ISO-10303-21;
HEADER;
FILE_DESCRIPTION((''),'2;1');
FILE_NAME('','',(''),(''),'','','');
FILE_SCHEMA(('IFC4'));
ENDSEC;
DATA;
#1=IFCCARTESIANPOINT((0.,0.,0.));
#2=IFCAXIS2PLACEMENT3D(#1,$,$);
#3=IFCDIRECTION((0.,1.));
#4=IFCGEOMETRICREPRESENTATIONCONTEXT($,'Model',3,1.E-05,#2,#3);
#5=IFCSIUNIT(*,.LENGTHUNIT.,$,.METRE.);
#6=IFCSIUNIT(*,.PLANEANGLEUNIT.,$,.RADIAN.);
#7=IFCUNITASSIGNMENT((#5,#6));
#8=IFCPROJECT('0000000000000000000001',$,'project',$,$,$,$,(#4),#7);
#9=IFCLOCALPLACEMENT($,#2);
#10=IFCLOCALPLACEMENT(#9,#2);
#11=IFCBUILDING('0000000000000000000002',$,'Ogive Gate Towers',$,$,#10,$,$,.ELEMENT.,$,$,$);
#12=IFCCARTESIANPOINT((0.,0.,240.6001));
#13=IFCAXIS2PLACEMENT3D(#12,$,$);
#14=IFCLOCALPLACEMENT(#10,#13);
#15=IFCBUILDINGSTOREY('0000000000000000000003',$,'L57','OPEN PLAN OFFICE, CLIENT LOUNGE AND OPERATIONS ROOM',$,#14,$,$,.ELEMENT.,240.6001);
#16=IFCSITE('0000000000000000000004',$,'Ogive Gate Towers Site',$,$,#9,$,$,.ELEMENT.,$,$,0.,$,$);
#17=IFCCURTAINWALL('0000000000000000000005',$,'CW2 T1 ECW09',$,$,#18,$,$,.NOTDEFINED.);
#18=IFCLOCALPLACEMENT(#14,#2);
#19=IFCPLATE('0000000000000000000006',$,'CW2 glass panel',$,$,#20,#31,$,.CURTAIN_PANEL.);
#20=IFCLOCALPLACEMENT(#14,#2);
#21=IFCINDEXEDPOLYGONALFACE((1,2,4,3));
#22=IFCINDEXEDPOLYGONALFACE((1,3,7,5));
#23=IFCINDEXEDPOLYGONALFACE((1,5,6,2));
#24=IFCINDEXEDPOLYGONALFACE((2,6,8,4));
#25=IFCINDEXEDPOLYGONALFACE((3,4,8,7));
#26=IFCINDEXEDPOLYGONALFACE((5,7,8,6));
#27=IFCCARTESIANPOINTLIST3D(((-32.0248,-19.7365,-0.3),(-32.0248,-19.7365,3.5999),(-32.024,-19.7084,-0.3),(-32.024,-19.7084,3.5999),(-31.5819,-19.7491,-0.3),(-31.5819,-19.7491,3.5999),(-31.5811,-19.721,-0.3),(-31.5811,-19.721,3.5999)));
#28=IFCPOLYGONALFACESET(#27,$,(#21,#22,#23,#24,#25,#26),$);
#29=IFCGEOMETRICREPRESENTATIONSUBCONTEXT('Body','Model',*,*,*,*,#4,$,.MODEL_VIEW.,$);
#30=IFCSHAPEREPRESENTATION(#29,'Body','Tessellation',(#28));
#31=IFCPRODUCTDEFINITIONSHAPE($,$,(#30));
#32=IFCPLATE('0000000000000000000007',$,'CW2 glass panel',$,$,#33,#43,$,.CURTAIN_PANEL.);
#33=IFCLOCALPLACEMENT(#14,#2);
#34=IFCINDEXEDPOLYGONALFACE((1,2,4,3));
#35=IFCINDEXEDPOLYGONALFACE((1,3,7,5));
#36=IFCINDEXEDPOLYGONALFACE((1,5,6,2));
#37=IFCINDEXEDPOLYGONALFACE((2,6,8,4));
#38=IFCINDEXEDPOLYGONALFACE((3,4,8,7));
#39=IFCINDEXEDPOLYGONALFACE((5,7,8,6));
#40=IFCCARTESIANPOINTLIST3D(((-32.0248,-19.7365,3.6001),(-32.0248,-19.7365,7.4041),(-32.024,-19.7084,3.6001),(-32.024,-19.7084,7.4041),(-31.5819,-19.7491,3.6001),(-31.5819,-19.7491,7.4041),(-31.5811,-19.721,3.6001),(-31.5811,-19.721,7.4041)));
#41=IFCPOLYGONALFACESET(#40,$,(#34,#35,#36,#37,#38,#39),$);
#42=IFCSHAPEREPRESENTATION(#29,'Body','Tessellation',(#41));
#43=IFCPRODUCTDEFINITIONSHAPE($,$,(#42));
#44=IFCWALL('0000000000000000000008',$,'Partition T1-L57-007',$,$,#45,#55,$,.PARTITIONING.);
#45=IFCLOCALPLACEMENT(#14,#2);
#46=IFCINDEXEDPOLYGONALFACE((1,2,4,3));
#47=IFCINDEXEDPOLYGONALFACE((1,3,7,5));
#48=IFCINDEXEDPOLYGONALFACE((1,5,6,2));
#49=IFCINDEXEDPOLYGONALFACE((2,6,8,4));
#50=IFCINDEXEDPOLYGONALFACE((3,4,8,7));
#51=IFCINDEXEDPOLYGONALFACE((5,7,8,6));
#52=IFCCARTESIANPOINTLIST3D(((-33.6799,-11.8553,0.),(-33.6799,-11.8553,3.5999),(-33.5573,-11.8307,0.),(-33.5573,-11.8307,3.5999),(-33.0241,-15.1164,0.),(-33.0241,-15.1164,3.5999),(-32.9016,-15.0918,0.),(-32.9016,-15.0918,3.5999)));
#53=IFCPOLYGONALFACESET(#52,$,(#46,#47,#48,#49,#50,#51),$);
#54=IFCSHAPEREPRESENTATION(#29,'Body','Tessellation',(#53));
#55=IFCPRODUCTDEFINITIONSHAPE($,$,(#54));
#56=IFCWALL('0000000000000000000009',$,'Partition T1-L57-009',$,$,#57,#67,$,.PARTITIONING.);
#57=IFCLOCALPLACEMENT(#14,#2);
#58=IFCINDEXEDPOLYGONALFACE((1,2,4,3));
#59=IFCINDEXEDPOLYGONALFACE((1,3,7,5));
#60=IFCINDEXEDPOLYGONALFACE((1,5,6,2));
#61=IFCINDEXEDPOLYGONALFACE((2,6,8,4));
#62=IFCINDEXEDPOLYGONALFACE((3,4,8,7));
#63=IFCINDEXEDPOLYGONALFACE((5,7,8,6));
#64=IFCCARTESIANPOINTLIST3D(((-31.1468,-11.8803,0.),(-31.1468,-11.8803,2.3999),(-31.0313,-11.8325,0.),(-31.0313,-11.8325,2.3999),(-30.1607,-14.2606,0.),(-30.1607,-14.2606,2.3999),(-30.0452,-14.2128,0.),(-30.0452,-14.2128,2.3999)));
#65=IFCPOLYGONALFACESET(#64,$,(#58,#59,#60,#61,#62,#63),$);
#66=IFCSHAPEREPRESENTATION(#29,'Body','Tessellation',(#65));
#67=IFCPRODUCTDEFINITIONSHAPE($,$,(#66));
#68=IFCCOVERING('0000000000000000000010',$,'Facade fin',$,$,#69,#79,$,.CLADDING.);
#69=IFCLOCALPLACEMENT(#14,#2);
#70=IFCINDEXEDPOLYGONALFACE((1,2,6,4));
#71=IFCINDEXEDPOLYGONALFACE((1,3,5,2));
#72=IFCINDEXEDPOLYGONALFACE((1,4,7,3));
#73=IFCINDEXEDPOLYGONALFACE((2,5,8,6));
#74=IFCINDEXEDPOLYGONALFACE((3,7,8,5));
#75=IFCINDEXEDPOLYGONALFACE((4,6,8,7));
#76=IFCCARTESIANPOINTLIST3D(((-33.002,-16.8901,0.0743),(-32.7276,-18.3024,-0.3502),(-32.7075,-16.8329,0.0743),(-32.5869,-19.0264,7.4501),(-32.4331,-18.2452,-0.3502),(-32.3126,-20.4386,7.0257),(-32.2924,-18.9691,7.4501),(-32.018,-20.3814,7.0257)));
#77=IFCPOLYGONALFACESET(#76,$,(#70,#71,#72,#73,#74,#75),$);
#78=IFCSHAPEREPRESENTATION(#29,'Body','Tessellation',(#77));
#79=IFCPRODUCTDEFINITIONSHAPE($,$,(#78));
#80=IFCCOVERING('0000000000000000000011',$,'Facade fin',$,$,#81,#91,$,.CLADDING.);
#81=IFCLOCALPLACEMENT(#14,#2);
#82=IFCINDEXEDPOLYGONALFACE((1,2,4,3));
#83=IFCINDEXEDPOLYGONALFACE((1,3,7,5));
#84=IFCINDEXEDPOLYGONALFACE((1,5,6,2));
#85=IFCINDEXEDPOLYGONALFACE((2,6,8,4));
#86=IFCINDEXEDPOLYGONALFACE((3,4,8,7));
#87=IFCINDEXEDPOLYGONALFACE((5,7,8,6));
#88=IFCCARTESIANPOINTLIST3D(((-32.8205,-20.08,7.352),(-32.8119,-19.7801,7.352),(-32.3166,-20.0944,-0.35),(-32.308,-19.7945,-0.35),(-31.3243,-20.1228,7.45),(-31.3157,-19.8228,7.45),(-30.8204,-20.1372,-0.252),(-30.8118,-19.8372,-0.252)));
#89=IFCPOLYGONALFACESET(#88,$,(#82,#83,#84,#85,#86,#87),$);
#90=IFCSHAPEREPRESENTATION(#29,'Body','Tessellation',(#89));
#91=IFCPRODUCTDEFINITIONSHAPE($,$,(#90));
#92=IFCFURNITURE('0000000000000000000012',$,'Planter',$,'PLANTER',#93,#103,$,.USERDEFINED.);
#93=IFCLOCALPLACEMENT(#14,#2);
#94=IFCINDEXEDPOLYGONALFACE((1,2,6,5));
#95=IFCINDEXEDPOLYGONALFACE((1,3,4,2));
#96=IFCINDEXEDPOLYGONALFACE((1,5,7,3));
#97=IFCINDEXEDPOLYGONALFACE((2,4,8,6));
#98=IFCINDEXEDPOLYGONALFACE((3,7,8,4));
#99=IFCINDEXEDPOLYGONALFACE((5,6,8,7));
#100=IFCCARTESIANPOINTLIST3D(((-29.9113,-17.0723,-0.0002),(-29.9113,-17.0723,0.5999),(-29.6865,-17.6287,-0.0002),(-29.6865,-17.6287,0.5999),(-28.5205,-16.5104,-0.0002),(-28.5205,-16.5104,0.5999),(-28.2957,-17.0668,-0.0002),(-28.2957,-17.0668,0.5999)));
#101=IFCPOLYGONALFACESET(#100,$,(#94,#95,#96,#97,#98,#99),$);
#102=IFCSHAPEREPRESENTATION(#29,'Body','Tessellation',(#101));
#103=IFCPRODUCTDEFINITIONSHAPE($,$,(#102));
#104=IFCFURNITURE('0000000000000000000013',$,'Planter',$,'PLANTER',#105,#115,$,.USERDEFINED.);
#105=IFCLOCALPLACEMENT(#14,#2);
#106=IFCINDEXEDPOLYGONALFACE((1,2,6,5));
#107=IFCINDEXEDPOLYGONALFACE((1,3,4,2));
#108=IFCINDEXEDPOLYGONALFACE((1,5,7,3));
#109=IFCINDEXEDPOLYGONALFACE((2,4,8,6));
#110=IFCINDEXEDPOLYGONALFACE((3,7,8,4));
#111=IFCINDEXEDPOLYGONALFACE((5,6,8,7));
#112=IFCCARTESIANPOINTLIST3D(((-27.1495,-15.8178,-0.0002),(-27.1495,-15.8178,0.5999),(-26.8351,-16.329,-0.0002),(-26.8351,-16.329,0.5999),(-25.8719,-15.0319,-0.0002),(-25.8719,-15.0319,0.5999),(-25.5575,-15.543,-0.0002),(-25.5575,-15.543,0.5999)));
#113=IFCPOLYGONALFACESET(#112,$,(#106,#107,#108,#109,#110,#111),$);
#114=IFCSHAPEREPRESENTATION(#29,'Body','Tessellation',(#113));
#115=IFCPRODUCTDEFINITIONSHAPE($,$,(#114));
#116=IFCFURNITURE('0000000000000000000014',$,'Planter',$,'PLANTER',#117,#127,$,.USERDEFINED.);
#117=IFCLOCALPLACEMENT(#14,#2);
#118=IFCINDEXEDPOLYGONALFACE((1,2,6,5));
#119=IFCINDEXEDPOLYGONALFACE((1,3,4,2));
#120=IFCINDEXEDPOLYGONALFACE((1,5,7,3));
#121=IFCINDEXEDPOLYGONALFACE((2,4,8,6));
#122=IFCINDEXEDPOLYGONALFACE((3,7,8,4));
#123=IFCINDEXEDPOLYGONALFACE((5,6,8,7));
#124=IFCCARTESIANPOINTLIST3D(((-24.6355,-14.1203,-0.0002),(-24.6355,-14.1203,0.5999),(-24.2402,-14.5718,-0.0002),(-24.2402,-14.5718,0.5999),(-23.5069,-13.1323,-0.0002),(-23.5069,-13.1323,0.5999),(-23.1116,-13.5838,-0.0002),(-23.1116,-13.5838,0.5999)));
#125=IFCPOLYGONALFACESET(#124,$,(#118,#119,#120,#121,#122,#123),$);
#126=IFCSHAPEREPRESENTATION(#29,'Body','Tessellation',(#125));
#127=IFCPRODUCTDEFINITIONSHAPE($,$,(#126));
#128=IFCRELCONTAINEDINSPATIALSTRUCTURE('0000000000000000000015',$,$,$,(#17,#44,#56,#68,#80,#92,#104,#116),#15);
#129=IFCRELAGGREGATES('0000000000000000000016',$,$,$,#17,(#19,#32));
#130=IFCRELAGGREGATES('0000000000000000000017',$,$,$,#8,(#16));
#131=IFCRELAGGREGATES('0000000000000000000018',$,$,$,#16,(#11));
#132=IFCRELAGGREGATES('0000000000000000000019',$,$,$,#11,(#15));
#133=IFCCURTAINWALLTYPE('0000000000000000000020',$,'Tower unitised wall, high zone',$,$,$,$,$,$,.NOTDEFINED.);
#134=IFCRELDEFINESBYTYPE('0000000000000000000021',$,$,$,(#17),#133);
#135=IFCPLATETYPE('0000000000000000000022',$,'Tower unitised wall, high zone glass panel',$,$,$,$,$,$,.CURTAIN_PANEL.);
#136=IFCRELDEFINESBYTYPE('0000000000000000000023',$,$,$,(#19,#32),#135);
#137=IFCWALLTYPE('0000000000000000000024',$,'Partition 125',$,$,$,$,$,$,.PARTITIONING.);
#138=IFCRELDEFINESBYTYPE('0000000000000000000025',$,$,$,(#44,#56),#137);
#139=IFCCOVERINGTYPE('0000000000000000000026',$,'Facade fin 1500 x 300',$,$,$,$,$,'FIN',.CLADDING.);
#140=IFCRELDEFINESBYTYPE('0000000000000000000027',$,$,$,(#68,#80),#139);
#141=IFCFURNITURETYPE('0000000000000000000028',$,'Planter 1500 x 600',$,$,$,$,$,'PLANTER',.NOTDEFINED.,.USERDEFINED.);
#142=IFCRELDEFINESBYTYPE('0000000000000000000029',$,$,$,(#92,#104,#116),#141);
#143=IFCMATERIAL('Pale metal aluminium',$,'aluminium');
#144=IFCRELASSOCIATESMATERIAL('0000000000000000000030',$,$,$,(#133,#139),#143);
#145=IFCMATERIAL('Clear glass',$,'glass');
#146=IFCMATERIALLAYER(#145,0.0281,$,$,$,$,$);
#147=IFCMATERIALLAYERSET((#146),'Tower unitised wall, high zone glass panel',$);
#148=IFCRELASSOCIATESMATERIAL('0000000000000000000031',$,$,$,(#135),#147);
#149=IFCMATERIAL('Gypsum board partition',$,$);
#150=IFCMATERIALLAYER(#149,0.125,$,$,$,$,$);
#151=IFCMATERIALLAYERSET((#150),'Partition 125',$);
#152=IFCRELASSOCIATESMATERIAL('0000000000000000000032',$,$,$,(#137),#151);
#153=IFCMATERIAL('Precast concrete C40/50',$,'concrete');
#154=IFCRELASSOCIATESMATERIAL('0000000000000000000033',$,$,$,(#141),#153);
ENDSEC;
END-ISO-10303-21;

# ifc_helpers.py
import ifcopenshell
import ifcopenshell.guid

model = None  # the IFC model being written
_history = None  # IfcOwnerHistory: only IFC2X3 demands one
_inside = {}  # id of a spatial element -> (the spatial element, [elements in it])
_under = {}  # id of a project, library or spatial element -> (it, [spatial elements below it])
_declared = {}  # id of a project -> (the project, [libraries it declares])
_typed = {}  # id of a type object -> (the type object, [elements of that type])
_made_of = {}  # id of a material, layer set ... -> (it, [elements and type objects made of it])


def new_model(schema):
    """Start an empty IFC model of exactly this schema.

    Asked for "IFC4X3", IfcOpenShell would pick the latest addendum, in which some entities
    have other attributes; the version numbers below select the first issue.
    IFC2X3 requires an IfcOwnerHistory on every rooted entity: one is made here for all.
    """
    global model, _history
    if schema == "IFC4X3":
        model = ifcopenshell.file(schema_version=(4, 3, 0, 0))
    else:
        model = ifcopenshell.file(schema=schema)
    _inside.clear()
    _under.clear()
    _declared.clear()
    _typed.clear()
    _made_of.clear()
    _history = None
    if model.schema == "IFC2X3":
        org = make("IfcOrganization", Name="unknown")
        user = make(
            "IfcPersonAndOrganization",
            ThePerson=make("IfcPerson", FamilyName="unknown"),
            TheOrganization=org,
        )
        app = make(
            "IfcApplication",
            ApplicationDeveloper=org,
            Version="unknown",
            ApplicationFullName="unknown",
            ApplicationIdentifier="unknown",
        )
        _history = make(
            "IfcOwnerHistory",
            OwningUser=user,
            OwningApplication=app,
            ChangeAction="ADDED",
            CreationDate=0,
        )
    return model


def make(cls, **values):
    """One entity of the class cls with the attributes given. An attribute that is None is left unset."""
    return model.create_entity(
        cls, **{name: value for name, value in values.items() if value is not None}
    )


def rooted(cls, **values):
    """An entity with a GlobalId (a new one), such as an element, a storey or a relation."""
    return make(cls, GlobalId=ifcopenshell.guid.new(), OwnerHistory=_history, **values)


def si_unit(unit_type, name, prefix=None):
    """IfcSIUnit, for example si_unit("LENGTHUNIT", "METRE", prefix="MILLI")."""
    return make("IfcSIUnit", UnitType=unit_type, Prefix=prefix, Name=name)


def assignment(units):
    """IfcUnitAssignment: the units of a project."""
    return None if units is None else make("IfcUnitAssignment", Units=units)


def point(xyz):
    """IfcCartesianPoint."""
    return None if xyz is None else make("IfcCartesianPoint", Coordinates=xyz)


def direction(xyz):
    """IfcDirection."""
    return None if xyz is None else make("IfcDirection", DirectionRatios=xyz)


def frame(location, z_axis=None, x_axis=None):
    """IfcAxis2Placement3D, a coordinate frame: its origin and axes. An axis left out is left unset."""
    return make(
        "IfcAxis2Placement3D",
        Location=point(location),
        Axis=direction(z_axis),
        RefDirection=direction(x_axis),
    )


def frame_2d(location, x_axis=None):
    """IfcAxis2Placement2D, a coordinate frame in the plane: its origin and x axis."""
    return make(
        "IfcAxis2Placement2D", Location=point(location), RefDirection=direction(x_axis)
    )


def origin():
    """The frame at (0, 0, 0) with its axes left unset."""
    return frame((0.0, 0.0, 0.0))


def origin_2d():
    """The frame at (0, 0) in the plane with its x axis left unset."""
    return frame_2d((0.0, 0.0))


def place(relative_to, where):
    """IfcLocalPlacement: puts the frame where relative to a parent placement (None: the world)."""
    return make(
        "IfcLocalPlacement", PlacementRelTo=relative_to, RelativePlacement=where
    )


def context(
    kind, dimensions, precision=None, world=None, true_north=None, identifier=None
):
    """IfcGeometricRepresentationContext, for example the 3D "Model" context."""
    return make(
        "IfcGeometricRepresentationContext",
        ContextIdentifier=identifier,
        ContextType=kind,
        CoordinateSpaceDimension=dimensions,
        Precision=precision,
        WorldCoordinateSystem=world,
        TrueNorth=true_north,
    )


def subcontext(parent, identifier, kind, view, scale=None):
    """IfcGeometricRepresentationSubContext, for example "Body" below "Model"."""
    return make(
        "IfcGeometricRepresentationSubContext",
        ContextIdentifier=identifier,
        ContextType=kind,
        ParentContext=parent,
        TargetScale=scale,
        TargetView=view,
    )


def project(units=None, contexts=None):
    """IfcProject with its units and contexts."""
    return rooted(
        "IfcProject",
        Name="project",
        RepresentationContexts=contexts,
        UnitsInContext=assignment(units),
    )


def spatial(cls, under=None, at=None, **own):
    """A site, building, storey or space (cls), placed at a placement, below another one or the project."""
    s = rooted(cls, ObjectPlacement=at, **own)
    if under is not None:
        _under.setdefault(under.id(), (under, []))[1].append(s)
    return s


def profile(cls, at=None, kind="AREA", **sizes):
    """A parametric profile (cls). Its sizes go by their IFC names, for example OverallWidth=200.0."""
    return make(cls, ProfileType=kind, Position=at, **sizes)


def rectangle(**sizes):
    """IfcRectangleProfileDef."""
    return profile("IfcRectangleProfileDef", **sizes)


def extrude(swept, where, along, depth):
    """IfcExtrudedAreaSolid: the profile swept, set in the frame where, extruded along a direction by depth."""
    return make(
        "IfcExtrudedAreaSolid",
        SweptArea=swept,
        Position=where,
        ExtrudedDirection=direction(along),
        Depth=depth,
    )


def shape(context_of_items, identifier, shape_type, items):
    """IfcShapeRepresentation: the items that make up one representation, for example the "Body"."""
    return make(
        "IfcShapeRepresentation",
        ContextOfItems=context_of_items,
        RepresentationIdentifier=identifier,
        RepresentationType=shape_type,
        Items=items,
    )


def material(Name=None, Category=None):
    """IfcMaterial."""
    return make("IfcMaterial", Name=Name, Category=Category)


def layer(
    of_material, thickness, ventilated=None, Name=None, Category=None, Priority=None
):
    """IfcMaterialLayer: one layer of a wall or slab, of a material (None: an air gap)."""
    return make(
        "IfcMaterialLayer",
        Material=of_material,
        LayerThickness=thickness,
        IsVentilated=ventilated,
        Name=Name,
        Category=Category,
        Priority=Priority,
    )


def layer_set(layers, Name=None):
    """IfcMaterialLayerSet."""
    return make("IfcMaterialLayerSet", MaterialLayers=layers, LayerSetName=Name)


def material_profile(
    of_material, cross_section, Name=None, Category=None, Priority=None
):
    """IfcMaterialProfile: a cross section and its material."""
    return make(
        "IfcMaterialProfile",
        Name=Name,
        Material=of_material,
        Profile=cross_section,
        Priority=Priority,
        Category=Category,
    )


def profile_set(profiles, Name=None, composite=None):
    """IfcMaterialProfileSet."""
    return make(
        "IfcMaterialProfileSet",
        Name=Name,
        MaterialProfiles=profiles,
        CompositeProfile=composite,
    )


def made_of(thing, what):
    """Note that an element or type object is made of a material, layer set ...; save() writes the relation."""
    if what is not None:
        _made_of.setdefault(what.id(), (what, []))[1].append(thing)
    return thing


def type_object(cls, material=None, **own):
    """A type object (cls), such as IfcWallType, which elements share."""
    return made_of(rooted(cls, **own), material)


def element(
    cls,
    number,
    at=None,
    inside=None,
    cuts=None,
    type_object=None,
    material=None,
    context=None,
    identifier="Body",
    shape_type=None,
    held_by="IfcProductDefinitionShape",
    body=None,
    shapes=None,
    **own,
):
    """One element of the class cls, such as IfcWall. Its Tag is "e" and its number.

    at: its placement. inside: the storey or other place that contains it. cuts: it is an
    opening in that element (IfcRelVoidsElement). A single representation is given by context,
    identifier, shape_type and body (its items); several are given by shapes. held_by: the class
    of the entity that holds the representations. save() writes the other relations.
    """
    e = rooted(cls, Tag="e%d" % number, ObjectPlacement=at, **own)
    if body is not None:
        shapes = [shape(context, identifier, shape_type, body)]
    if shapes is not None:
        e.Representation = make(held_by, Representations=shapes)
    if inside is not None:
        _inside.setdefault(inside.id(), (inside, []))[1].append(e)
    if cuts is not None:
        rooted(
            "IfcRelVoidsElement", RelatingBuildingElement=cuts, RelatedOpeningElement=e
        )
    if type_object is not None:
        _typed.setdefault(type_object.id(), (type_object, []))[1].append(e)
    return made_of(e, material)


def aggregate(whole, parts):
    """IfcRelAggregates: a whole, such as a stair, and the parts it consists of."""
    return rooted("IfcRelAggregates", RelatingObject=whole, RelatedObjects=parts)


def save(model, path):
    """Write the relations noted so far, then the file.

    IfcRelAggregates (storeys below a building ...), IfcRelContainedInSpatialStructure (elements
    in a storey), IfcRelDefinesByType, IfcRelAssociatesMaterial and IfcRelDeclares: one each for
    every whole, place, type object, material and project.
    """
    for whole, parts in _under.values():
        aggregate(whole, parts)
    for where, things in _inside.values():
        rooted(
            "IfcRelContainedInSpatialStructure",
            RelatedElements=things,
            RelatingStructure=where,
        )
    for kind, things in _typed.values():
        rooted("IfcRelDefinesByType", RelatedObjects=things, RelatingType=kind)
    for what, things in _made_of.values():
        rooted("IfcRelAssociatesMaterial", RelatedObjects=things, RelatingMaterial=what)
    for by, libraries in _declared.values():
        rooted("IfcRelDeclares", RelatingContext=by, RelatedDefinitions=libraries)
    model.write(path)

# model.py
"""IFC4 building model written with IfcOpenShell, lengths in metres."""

from ifc_helpers import new_model, si_unit, direction, frame, frame_2d, origin, origin_2d, place, context, subcontext, project, spatial, rectangle, extrude, material, layer, layer_set, material_profile, profile_set, type_object, element, aggregate, save


model = new_model("IFC4")

# Units and contexts
model_context = context("Model", 3, precision=1e-05, world=origin(), true_north=direction((0.0, 1.0)))
body_context = subcontext(model_context, "Body", "Model", "MODEL_VIEW")
ifc_project = project(units=[si_unit("LENGTHUNIT", "METRE"), si_unit("PLANEANGLEUNIT", "RADIAN")], contexts=[model_context])

# Site, building, storey
site_placement = place(None, origin())
site = spatial("IfcSite", under=ifc_project, at=site_placement, Name="Ogive Gate Towers Site", CompositionType="ELEMENT", RefElevation=0.0)
building_placement = place(site_placement, origin())
building = spatial("IfcBuilding", under=site, at=building_placement, Name="Ogive Gate Towers", CompositionType="ELEMENT")
storey_placement = place(building_placement, frame((0.0, 0.0, 240.6001)))
storey = spatial("IfcBuildingStorey", under=building, at=storey_placement, Name="L57", Description="OPEN PLAN OFFICE, CLIENT LOUNGE AND OPERATIONS ROOM", CompositionType="ELEMENT", Elevation=240.6001)

# Curtain wall
ifc_material_1 = material(Name="Pale metal aluminium", Category="aluminium")
curtain_wall_type_1 = type_object("IfcCurtainWallType", Name="Tower unitised wall, high zone", PredefinedType="NOTDEFINED", material=ifc_material_1)
curtain_wall_1_placement = place(storey_placement, origin())
curtain_wall_1 = element("IfcCurtainWall", 1, at=curtain_wall_1_placement, inside=storey, type_object=curtain_wall_type_1, Name="CW2 T1 ECW09", PredefinedType="NOTDEFINED")

# Plates
ifc_material_2 = material(Name="Clear glass", Category="glass")
ifc_layer_1 = layer(ifc_material_2, 0.0281)
ifc_layer_set_1 = layer_set([ifc_layer_1], Name="Tower unitised wall, high zone glass panel")
plate_type_1 = type_object("IfcPlateType", Name="Tower unitised wall, high zone glass panel", PredefinedType="CURTAIN_PANEL", material=ifc_layer_set_1)
plate_1_placement = place(storey_placement, frame((-31.803, -19.7288, -0.3), z_axis=(0.0, 0.0, 1.0), x_axis=(0.999596, -0.02841, 0.0)))
plate_1 = element("IfcPlate", 2, at=plate_1_placement, type_object=plate_type_1, Name="CW2 glass panel", PredefinedType="CURTAIN_PANEL", context=body_context, shape_type="SweptSolid", body=[
    extrude(rectangle(XDim=0.4431, YDim=0.0281, at=origin_2d()), origin(), (0.0, 0.0, 1.0), 3.8999),
])
plate_2_placement = place(storey_placement, frame((-31.803, -19.7288, 3.6001), z_axis=(0.0, 0.0, 1.0), x_axis=(0.999596, -0.02841, 0.0)))
plate_2 = element("IfcPlate", 3, at=plate_2_placement, type_object=plate_type_1, Name="CW2 glass panel", PredefinedType="CURTAIN_PANEL", context=body_context, shape_type="SweptSolid", body=[
    extrude(rectangle(XDim=0.4431, YDim=0.0281, at=origin_2d()), origin(), (0.0, 0.0, 1.0), 3.804),
])
aggregate(curtain_wall_1, [plate_1, plate_2])

# Walls
ifc_material_3 = material(Name="Gypsum board partition")
ifc_layer_2 = layer(ifc_material_3, 0.125)
ifc_layer_set_2 = layer_set([ifc_layer_2], Name="Partition 125")
wall_type = type_object("IfcWallType", Name="Partition 125", PredefinedType="PARTITIONING", material=ifc_layer_set_2)
wall_1_placement = place(storey_placement, frame((-32.9629, -15.104, 0.0), z_axis=(0.0, 0.0, 1.0), x_axis=(-0.197132, 0.980377, 0.0)))
element("IfcWall", 4, at=wall_1_placement, inside=storey, type_object=wall_type, Name="Partition T1-L57-007", PredefinedType="PARTITIONING", context=body_context, shape_type="SweptSolid", body=[
    extrude(rectangle(XDim=3.3264, YDim=0.125, at=frame_2d((1.6631, 0.0))), origin(), (0.0, 0.0, 1.0), 3.5999),
])
wall_2_placement = place(storey_placement, frame((-30.103, -14.2366, 0.0), z_axis=(0.0, 0.0, 1.0), x_axis=(-0.382717, 0.923866, 0.0)))
element("IfcWall", 5, at=wall_2_placement, inside=storey, type_object=wall_type, Name="Partition T1-L57-009", PredefinedType="PARTITIONING", context=body_context, shape_type="SweptSolid", body=[
    extrude(rectangle(XDim=2.5764, YDim=0.125, at=frame_2d((1.2881, 0.0))), origin(), (0.0, 0.0, 1.0), 2.3999),
])

# Coverings
ifc_material_profile_1 = material_profile(ifc_material_1, rectangle(XDim=0.3, YDim=1.5, at=origin_2d()), Name="1500 x 300 pale metal aluminium")
ifc_profile_set_1 = profile_set([ifc_material_profile_1], Name="Pale metal aluminium")
covering_type = type_object("IfcCoveringType", Name="Facade fin 1500 x 300", ElementType="FIN", PredefinedType="CLADDING", material=ifc_profile_set_1)
covering_1_placement = place(storey_placement, frame((-32.7175, -17.5676, -0.1379), z_axis=(0.053971, -0.277791, 0.959124), x_axis=(0.981645, 0.19072, 0.0)))
element("IfcCovering", 6, at=covering_1_placement, inside=storey, type_object=covering_type, Name="Facade fin", PredefinedType="CLADDING", context=body_context, shape_type="SweptSolid", body=[
    extrude(rectangle(XDim=0.3, YDim=1.5, at=origin_2d()), origin(), (0.0, 0.0, 1.0), 7.6902),
])
covering_2_placement = place(storey_placement, frame((-31.5642, -19.9658, -0.301), z_axis=(-0.065286, 0.001866, 0.997865), x_axis=(-0.028574, -0.999592, 0.0)))
element("IfcCovering", 7, at=covering_2_placement, inside=storey, type_object=covering_type, Name="Facade fin", PredefinedType="CLADDING", context=body_context, shape_type="SweptSolid", body=[
    extrude(rectangle(XDim=0.3, YDim=1.5, at=origin_2d()), origin(), (0.0, 0.0, 1.0), 7.7185),
])

# Furniture
ifc_material_4 = material(Name="Precast concrete C40/50", Category="concrete")
furniture_type = type_object("IfcFurnitureType", Name="Planter 1500 x 600", ElementType="PLANTER", AssemblyPlace="NOTDEFINED", PredefinedType="USERDEFINED", material=ifc_material_4)
for number, where, z_axis, x_axis, name in (
    (8, (-29.1035, -17.0696, -0.0002), (0.0, 0.0, 1.0), (0.927184, 0.374607, 0.0), "Planter"),
    (9, (-26.3535, -15.6804, -0.0002), (0.0, 0.0, 1.0), (0.851727, 0.523986, 0.0), "Planter"),
    (10, (-23.8735, -13.8521, -0.0002), (0.0, 0.0, 1.0), (0.752415, 0.658689, 0.0), "Planter"),
):
    element("IfcFurniture", number, at=place(storey_placement, frame(where, z_axis=z_axis, x_axis=x_axis)), inside=storey, type_object=furniture_type, Name=name, ObjectType="PLANTER", PredefinedType="USERDEFINED", context=body_context, shape_type="SweptSolid", body=[
        extrude(rectangle(XDim=1.5, YDim=0.6001, at=origin_2d()), origin(), (0.0, 0.0, 1.0), 0.6001),
    ])

save(model, "model.ifc")
